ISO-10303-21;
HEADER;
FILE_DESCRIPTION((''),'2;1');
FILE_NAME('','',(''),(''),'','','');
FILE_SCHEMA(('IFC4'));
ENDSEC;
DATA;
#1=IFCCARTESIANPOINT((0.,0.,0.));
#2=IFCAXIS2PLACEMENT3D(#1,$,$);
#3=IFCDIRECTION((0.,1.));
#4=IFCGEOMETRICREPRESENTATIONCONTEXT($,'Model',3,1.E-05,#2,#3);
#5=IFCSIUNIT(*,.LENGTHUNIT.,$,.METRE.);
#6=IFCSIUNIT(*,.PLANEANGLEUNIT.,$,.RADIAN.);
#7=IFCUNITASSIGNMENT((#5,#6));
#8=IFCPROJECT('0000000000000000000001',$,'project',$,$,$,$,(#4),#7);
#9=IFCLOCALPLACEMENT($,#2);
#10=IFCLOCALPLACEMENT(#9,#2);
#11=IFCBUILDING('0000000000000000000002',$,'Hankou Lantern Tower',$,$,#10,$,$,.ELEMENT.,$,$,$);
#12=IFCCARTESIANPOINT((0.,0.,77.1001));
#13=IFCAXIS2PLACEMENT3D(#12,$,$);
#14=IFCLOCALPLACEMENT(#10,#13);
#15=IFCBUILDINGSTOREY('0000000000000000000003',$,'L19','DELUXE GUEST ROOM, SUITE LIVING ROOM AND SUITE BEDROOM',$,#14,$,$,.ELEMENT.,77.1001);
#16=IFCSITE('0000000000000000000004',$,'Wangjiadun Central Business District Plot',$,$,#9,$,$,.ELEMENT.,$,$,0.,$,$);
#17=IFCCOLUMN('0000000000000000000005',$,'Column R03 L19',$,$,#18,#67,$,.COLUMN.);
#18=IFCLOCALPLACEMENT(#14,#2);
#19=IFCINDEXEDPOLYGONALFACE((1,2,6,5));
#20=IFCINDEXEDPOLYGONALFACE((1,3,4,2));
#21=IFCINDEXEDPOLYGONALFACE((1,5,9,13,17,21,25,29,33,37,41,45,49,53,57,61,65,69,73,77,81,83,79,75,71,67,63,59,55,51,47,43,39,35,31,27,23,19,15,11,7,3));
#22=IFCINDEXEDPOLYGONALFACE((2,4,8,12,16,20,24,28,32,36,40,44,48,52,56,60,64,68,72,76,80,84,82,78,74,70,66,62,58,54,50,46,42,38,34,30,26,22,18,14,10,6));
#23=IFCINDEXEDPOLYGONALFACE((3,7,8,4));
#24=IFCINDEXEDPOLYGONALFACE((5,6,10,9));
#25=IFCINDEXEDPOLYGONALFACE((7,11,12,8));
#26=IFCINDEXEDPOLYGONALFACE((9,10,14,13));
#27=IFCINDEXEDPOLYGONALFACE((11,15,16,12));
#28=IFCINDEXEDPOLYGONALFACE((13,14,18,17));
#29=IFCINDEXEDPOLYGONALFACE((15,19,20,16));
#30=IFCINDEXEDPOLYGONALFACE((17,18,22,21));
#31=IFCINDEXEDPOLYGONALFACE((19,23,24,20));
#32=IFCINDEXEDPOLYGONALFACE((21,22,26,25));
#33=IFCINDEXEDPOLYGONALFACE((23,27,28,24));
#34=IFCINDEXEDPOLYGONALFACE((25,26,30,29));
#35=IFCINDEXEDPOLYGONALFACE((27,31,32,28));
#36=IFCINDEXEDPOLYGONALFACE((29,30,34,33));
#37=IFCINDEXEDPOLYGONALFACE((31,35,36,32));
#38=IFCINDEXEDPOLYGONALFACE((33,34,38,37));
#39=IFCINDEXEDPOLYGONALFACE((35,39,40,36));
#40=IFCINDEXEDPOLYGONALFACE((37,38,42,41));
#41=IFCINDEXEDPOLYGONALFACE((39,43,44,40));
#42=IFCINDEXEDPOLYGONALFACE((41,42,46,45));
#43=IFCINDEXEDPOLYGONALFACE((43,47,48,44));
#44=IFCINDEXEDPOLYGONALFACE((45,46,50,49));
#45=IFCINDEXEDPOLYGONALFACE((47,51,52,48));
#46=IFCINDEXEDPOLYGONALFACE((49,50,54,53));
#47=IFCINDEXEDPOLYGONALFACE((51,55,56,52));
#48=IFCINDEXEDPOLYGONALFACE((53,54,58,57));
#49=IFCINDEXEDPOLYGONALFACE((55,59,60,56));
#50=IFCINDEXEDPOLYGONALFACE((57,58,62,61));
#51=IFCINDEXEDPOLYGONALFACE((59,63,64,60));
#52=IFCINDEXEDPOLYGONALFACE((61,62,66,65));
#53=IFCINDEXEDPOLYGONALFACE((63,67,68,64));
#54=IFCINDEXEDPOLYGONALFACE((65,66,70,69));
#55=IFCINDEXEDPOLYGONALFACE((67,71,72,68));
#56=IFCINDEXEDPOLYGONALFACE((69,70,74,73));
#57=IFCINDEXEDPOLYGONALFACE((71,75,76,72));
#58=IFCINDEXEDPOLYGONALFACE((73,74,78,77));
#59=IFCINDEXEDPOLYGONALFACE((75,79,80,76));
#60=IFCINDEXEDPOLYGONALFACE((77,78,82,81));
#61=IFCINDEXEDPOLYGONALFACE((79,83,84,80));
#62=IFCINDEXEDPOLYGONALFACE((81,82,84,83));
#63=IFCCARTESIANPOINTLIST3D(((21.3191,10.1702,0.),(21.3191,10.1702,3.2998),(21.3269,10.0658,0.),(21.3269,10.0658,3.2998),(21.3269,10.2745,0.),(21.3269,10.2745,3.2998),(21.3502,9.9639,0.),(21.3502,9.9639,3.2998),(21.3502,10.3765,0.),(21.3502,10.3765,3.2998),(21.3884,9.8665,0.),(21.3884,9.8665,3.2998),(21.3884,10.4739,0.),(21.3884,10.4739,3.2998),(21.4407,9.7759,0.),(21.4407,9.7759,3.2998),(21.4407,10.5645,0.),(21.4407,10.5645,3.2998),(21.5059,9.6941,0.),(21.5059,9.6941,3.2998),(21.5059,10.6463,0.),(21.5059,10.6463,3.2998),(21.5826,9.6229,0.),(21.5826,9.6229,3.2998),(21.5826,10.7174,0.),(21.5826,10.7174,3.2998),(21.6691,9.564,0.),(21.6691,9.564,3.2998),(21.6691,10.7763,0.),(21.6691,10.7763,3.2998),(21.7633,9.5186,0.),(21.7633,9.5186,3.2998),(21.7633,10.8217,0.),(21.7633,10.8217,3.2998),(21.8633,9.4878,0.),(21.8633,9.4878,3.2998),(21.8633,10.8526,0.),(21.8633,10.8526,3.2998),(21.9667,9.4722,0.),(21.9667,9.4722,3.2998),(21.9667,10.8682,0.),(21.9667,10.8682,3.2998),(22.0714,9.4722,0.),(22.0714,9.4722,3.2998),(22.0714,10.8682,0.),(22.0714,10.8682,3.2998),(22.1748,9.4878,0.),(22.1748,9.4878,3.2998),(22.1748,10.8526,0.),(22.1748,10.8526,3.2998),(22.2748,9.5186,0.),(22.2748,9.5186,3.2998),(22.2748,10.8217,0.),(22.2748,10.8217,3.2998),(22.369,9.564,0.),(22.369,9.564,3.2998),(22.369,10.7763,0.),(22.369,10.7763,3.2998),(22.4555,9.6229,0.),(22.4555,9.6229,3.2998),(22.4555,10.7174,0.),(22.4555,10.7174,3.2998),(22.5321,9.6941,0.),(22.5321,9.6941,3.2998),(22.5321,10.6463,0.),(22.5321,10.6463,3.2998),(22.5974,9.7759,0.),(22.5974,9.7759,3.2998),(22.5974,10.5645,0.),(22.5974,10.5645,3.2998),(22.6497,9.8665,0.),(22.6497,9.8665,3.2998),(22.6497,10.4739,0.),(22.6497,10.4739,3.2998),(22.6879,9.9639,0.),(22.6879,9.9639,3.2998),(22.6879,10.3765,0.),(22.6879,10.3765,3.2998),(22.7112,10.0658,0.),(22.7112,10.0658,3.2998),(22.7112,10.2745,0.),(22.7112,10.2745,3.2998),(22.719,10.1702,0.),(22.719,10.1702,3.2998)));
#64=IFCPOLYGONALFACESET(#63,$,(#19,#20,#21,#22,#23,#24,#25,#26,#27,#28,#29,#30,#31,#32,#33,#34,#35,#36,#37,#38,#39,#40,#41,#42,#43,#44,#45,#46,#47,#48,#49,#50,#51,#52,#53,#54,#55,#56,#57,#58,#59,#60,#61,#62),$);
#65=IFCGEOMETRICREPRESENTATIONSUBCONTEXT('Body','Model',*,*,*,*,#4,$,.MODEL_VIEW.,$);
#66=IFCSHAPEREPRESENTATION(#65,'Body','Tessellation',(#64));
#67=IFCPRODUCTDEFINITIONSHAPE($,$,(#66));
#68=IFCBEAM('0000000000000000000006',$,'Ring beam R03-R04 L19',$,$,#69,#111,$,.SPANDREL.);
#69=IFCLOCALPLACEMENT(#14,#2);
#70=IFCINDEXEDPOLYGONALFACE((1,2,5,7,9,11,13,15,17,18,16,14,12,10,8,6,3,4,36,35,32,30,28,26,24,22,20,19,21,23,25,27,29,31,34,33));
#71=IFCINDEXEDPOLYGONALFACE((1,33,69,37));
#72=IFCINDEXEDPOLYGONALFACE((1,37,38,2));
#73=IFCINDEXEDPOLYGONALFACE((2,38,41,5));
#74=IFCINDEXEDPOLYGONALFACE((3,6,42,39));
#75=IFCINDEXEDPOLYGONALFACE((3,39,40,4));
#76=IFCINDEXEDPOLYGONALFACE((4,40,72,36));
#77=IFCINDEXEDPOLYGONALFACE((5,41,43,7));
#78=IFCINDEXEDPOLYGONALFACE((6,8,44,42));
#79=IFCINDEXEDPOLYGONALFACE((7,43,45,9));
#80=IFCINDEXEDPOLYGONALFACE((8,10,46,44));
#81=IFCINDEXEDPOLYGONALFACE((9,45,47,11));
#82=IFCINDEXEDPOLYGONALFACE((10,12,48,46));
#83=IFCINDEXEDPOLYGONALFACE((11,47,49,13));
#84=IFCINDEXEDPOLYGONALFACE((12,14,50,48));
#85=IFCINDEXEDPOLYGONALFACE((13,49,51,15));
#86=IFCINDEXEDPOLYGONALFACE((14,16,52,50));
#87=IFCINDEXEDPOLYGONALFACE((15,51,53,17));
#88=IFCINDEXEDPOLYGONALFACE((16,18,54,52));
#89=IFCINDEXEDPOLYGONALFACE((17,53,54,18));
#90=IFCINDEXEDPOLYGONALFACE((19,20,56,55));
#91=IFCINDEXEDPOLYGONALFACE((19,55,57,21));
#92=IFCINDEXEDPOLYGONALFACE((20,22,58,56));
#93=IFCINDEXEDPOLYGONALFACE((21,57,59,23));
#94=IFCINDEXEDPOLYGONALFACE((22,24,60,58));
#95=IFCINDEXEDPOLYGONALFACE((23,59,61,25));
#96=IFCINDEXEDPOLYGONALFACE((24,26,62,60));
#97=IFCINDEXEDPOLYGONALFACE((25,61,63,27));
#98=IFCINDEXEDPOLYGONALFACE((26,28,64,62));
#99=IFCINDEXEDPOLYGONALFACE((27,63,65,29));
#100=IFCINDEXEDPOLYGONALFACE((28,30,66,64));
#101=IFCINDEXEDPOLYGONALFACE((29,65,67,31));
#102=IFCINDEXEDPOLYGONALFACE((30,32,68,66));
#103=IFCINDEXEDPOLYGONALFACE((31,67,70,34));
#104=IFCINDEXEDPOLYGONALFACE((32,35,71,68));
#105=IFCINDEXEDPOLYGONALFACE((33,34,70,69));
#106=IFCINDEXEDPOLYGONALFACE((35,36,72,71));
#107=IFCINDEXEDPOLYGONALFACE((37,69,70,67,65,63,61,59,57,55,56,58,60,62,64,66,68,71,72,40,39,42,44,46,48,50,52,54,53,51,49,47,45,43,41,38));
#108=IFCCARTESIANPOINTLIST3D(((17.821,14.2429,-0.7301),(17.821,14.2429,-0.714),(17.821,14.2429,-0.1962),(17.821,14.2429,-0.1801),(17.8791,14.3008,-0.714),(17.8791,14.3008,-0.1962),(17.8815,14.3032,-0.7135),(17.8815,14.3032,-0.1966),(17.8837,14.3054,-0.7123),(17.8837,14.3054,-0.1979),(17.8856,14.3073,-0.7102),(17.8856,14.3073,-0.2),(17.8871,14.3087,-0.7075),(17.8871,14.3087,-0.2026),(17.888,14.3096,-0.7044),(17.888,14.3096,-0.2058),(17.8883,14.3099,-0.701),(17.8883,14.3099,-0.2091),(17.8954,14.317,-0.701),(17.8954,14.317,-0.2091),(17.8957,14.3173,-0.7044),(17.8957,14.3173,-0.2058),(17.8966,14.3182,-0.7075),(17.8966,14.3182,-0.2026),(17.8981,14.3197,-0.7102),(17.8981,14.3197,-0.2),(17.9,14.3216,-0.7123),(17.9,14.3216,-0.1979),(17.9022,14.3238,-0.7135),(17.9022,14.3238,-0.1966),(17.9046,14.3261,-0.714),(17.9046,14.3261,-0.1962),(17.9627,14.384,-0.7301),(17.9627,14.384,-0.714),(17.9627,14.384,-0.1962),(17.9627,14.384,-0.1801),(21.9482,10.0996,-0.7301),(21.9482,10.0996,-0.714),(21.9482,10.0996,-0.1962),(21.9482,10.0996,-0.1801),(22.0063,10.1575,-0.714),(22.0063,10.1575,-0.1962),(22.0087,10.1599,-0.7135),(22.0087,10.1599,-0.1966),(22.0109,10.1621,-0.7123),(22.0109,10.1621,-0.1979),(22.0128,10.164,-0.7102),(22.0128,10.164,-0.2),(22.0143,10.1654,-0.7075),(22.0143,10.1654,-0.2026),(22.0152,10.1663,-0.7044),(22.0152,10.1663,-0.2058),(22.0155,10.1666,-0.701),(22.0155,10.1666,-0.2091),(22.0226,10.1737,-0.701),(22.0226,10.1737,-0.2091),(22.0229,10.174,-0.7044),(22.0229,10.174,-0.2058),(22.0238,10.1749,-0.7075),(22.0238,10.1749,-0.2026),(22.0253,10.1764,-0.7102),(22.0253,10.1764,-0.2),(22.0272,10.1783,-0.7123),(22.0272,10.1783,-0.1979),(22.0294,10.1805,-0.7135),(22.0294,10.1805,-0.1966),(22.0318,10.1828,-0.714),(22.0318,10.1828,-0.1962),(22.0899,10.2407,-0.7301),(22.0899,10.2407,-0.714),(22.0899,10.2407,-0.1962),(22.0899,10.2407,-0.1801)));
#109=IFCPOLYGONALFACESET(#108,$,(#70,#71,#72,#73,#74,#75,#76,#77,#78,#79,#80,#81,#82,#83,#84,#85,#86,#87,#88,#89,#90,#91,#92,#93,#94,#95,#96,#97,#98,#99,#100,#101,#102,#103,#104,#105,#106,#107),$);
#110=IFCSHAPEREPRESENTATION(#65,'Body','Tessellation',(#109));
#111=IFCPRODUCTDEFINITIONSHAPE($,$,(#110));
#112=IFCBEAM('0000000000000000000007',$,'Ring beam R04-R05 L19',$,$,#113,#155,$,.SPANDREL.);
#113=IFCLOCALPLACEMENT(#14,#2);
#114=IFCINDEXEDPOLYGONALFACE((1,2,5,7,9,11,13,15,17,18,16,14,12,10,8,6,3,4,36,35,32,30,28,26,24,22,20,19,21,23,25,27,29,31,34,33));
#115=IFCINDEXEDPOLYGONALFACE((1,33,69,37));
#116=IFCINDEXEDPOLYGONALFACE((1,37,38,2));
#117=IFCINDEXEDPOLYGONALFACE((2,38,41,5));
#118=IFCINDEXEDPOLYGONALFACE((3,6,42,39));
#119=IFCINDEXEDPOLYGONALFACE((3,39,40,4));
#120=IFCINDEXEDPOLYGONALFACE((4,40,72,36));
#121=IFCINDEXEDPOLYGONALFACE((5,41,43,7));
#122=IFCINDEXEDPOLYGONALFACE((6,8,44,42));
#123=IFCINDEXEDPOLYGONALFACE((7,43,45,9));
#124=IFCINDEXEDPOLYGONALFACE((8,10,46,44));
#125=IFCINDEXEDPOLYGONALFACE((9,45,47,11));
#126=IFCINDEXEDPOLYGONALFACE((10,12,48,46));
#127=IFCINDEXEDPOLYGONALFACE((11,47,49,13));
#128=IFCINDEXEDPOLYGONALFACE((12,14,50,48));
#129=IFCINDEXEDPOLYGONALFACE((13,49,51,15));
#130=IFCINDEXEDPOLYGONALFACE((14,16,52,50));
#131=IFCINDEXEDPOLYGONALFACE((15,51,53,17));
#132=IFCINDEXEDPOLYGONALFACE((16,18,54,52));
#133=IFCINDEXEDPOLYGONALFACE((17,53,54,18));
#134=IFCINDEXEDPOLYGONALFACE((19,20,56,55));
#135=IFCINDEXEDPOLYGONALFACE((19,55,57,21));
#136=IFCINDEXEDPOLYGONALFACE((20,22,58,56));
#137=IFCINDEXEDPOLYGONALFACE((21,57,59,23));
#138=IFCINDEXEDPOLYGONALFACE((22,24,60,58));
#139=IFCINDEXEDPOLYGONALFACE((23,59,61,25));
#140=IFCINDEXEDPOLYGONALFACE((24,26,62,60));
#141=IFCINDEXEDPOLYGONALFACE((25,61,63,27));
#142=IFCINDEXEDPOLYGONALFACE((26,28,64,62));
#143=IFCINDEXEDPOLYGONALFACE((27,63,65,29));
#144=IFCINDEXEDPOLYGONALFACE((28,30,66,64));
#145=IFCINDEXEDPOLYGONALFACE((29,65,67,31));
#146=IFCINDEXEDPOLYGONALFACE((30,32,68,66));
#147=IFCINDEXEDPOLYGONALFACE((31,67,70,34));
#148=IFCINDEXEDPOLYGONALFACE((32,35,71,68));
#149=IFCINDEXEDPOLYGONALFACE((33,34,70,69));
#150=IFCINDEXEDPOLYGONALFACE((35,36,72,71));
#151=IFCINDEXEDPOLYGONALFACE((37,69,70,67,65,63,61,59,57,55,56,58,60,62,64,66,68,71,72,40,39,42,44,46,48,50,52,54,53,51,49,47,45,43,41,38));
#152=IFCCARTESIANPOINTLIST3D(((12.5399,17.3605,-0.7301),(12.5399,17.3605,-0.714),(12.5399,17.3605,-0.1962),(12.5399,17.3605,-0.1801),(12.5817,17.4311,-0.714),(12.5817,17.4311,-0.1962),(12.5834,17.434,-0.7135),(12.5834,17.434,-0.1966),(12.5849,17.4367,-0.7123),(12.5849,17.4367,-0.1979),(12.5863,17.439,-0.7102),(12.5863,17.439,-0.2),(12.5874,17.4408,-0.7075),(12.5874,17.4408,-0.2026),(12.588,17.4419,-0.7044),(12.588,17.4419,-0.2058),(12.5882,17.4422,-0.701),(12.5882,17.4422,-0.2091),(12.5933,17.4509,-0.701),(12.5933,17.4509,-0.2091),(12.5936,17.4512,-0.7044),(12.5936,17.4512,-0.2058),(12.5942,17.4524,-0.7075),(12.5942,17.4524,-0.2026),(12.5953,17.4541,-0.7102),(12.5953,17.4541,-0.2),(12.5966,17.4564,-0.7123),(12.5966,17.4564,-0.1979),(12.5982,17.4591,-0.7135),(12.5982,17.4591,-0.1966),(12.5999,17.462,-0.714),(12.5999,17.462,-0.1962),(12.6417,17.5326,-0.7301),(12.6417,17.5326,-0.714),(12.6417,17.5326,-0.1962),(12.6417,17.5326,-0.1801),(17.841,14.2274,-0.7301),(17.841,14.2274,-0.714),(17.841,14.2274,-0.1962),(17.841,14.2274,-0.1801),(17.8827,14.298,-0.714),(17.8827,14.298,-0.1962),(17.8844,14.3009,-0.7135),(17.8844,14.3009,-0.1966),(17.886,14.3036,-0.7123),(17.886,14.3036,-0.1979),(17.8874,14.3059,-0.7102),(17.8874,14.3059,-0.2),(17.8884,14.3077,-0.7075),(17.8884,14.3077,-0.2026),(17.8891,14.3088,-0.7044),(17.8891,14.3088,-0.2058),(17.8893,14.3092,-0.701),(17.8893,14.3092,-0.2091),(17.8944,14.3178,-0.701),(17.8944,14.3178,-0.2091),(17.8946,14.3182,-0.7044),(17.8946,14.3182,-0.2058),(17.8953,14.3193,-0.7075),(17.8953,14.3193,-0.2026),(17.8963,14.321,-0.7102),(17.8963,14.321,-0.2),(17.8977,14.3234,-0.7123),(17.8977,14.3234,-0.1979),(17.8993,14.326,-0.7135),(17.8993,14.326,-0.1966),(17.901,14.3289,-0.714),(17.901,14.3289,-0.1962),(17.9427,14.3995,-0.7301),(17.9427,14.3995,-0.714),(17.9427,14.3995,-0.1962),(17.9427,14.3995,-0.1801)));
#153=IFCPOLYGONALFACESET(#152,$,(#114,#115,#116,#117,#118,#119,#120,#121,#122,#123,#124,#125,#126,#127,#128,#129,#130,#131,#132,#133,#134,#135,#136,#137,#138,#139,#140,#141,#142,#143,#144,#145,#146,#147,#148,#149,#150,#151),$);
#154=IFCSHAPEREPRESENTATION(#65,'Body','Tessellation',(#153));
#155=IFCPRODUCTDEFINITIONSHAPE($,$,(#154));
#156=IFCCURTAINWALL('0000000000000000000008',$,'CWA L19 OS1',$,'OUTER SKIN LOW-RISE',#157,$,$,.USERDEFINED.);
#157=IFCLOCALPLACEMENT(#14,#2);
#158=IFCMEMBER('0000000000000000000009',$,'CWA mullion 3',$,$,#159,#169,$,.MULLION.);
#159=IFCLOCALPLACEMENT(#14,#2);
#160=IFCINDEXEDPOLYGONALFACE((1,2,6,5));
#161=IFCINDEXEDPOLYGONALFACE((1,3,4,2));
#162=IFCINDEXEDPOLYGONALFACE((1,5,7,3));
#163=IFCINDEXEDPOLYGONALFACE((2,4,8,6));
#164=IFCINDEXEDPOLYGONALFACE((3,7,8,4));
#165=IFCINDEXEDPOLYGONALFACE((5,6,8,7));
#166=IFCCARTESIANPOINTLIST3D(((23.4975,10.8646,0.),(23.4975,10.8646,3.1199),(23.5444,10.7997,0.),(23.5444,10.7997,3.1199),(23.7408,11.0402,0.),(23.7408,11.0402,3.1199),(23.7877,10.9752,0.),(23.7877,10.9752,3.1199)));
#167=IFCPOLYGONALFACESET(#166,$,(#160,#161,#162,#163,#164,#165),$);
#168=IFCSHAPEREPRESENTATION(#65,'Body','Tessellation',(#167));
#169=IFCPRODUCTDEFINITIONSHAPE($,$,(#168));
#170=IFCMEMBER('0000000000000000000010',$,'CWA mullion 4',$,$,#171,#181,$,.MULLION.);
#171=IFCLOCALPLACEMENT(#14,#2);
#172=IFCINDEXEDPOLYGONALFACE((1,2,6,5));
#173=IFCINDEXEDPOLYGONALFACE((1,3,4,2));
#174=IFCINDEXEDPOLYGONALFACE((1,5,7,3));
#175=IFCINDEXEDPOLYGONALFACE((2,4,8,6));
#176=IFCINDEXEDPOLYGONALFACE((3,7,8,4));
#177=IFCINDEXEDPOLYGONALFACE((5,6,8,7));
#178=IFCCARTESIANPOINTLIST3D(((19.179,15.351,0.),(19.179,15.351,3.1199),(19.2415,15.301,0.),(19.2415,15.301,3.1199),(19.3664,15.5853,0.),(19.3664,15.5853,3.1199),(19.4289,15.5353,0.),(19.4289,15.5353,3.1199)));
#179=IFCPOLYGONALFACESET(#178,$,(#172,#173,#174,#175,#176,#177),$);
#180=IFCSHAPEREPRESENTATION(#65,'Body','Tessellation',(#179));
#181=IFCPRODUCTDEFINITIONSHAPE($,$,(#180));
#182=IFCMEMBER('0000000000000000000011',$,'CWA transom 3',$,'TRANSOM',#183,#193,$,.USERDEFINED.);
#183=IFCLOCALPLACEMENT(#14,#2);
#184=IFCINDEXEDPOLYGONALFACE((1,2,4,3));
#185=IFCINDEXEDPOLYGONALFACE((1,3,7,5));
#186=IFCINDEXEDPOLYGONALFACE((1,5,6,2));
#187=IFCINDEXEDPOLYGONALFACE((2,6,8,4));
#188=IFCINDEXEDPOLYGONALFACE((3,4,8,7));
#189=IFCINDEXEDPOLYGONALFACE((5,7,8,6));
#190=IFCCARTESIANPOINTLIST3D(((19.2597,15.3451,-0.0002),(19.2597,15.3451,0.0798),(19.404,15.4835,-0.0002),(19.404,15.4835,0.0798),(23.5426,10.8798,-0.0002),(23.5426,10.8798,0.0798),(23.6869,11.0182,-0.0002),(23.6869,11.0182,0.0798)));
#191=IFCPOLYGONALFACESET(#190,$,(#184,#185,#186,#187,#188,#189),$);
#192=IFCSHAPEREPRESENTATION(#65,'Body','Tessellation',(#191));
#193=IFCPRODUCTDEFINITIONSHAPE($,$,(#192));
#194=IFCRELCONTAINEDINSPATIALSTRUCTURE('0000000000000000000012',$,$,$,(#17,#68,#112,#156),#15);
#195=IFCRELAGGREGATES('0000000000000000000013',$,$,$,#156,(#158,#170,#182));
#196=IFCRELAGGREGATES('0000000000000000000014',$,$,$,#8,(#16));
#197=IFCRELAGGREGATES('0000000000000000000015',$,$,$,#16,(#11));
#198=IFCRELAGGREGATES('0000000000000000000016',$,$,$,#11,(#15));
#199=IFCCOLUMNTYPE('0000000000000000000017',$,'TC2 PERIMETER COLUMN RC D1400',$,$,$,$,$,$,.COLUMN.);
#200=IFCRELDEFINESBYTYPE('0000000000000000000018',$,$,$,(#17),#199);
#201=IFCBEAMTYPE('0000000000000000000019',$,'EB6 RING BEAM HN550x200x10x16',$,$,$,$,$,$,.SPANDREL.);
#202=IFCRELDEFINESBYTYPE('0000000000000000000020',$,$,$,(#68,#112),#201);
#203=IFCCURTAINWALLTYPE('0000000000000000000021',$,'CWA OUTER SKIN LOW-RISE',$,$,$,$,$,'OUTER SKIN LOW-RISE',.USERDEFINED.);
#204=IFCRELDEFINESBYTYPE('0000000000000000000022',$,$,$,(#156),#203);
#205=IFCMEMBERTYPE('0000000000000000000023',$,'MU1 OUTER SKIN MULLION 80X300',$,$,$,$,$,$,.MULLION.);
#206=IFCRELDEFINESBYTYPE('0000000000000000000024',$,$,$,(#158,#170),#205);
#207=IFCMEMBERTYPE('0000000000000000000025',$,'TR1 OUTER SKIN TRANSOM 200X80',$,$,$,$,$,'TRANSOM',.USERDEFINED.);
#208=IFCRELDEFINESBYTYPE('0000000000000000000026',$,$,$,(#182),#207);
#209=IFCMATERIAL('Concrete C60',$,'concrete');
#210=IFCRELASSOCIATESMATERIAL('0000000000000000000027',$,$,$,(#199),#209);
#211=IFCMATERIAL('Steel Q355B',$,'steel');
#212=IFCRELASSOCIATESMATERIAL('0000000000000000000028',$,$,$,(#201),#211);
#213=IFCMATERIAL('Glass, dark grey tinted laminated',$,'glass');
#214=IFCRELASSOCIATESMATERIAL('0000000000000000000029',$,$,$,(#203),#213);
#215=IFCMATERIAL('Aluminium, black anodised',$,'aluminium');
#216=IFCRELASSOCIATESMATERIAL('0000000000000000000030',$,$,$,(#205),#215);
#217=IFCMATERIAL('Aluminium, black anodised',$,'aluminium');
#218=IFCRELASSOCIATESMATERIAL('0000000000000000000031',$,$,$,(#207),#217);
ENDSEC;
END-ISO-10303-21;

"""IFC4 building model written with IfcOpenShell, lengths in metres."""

from ifc_helpers import new_model, si_unit, direction, frame, origin, origin_2d, place, context, subcontext, project, spatial, rectangle, circle, i_section, extrude, material, material_profile, profile_set, type_object, element, aggregate, save


model = new_model("IFC4")

# Units and contexts
model_context = context("Model", 3, precision=1e-05, world=origin(), true_north=direction((0.0, 1.0)))
body_context = subcontext(model_context, "Body", "Model", "MODEL_VIEW")
ifc_project = project(units=[si_unit("LENGTHUNIT", "METRE"), si_unit("PLANEANGLEUNIT", "RADIAN")], contexts=[model_context])

# Site, building, storey
site_placement = place(None, origin())
site = spatial("IfcSite", under=ifc_project, at=site_placement, Name="Wangjiadun Central Business District Plot", CompositionType="ELEMENT", RefElevation=0.0)
building_placement = place(site_placement, origin())
building = spatial("IfcBuilding", under=site, at=building_placement, Name="Hankou Lantern Tower", CompositionType="ELEMENT")
storey_placement = place(building_placement, frame((0.0, 0.0, 77.1001)))
storey = spatial("IfcBuildingStorey", under=building, at=storey_placement, Name="L19", Description="DELUXE GUEST ROOM, SUITE LIVING ROOM AND SUITE BEDROOM", CompositionType="ELEMENT", Elevation=77.1001)

# Column
ifc_material_1 = material(Name="Concrete C60", Category="concrete")
ifc_material_profile_1 = material_profile(ifc_material_1, circle(Radius=0.7, at=origin_2d()), Name="RC D1400")
ifc_profile_set_1 = profile_set([ifc_material_profile_1], Name="Concrete C60")
column_type = type_object("IfcColumnType", Name="TC2 PERIMETER COLUMN RC D1400", PredefinedType="COLUMN", material=ifc_profile_set_1)
column_placement = place(storey_placement, frame((22.019, 10.1702, 0.0), z_axis=(0.0, 0.0, 1.0), x_axis=(1.0, 0.0, 0.0)))
element("IfcColumn", 1, at=column_placement, inside=storey, type_object=column_type, Name="Column R03 L19", PredefinedType="COLUMN", context=body_context, shape_type="SweptSolid", body=[
    extrude(circle(Radius=0.7, at=origin_2d()), origin(), (0.0, 0.0, 1.0), 3.2998),
])

# Beams
ifc_material_2 = material(Name="Steel Q355B", Category="steel")
ifc_material_profile_2 = material_profile(ifc_material_2, i_section(OverallWidth=0.2, OverallDepth=0.55, WebThickness=0.01, FlangeThickness=0.0161, FilletRadius=0.0129, at=origin_2d()), Name="HN550x200x10x16")
ifc_profile_set_2 = profile_set([ifc_material_profile_2], Name="Steel Q355B")
beam_type = type_object("IfcBeamType", Name="EB6 RING BEAM HN550x200x10x16", PredefinedType="SPANDREL", material=ifc_profile_set_2)
beam_1_placement = place(storey_placement, frame((22.019, 10.1702, -0.4551), z_axis=(-0.705728, 0.708483, 0.0), x_axis=(-0.708483, -0.705728, 0.0)))
element("IfcBeam", 2, at=beam_1_placement, inside=storey, type_object=beam_type, Name="Ring beam R03-R04 L19", PredefinedType="SPANDREL", context=body_context, shape_type="SweptSolid", body=[
    extrude(i_section(OverallWidth=0.2, OverallDepth=0.55, WebThickness=0.01, FlangeThickness=0.0161, FilletRadius=0.0129, at=origin_2d()), origin(), (0.0, 0.0, 1.0), 5.8481),
])
beam_2_placement = place(storey_placement, frame((17.8918, 14.3135, -0.4551), z_axis=(-0.860882, 0.508805, 0.0), x_axis=(-0.508805, -0.860882, 0.0)))
element("IfcBeam", 3, at=beam_2_placement, inside=storey, type_object=beam_type, Name="Ring beam R04-R05 L19", PredefinedType="SPANDREL", context=body_context, shape_type="SweptSolid", body=[
    extrude(i_section(OverallWidth=0.2, OverallDepth=0.55, WebThickness=0.01, FlangeThickness=0.0161, FilletRadius=0.0129, at=origin_2d()), origin(), (0.0, 0.0, 1.0), 6.1577),
])

# Curtain wall, members
ifc_material_3 = material(Name="Glass, dark grey tinted laminated", Category="glass")
curtain_wall_type = type_object("IfcCurtainWallType", Name="CWA OUTER SKIN LOW-RISE", ElementType="OUTER SKIN LOW-RISE", PredefinedType="USERDEFINED", material=ifc_material_3)
curtain_wall_placement = place(storey_placement, origin())
curtain_wall = element("IfcCurtainWall", 4, at=curtain_wall_placement, inside=storey, type_object=curtain_wall_type, Name="CWA L19 OS1", ObjectType="OUTER SKIN LOW-RISE", PredefinedType="USERDEFINED")
ifc_material_4 = material(Name="Aluminium, black anodised", Category="aluminium")
ifc_material_profile_3 = material_profile(ifc_material_4, rectangle(XDim=0.0801, YDim=0.3, at=origin_2d()), Name="MU1 80X300")
ifc_profile_set_3 = profile_set([ifc_material_profile_3], Name="Aluminium, black anodised")
member_type_1 = type_object("IfcMemberType", Name="MU1 OUTER SKIN MULLION 80X300", PredefinedType="MULLION", material=ifc_profile_set_3)
member_1_placement = place(storey_placement, frame((23.6426, 10.9199, 0.0), z_axis=(0.0, 0.0, 1.0), x_axis=(-0.585206, 0.810885, 0.0)))
member_1 = element("IfcMember", 5, at=member_1_placement, type_object=member_type_1, Name="CWA mullion 3", PredefinedType="MULLION", context=body_context, shape_type="SweptSolid", body=[
    extrude(rectangle(XDim=0.0801, YDim=0.3, at=origin_2d()), origin(), (0.0, 0.0, 1.0), 3.1199),
])
member_2_placement = place(storey_placement, frame((19.304, 15.4431, 0.0), z_axis=(0.0, 0.0, 1.0), x_axis=(-0.780869, 0.624695, 0.0)))
member_2 = element("IfcMember", 6, at=member_2_placement, type_object=member_type_1, Name="CWA mullion 4", PredefinedType="MULLION", context=body_context, shape_type="SweptSolid", body=[
    extrude(rectangle(XDim=0.0801, YDim=0.3, at=origin_2d()), origin(), (0.0, 0.0, 1.0), 3.1199),
])
ifc_material_5 = material(Name="Aluminium, black anodised", Category="aluminium")
ifc_material_profile_4 = material_profile(ifc_material_5, rectangle(XDim=0.2, YDim=0.0801, at=origin_2d()), Name="TR1 200X80")
ifc_profile_set_4 = profile_set([ifc_material_profile_4], Name="Aluminium, black anodised")
member_type_2 = type_object("IfcMemberType", Name="TR1 OUTER SKIN TRANSOM 200X80", ElementType="TRANSOM", PredefinedType="USERDEFINED", material=ifc_profile_set_4)
member_3_placement = place(storey_placement, frame((23.6147, 10.949, 0.0398), z_axis=(-0.692216, 0.721691, 0.0), x_axis=(-0.721691, -0.692216, 0.0)))
member_3 = element("IfcMember", 7, at=member_3_placement, type_object=member_type_2, Name="CWA transom 3", ObjectType="TRANSOM", PredefinedType="USERDEFINED", context=body_context, shape_type="SweptSolid", body=[
    extrude(rectangle(XDim=0.2, YDim=0.0801, at=origin_2d()), origin(), (0.0, 0.0, 1.0), 6.1873),
])
aggregate(curtain_wall, [member_1, member_2, member_3])

save(model, "model.ifc")
